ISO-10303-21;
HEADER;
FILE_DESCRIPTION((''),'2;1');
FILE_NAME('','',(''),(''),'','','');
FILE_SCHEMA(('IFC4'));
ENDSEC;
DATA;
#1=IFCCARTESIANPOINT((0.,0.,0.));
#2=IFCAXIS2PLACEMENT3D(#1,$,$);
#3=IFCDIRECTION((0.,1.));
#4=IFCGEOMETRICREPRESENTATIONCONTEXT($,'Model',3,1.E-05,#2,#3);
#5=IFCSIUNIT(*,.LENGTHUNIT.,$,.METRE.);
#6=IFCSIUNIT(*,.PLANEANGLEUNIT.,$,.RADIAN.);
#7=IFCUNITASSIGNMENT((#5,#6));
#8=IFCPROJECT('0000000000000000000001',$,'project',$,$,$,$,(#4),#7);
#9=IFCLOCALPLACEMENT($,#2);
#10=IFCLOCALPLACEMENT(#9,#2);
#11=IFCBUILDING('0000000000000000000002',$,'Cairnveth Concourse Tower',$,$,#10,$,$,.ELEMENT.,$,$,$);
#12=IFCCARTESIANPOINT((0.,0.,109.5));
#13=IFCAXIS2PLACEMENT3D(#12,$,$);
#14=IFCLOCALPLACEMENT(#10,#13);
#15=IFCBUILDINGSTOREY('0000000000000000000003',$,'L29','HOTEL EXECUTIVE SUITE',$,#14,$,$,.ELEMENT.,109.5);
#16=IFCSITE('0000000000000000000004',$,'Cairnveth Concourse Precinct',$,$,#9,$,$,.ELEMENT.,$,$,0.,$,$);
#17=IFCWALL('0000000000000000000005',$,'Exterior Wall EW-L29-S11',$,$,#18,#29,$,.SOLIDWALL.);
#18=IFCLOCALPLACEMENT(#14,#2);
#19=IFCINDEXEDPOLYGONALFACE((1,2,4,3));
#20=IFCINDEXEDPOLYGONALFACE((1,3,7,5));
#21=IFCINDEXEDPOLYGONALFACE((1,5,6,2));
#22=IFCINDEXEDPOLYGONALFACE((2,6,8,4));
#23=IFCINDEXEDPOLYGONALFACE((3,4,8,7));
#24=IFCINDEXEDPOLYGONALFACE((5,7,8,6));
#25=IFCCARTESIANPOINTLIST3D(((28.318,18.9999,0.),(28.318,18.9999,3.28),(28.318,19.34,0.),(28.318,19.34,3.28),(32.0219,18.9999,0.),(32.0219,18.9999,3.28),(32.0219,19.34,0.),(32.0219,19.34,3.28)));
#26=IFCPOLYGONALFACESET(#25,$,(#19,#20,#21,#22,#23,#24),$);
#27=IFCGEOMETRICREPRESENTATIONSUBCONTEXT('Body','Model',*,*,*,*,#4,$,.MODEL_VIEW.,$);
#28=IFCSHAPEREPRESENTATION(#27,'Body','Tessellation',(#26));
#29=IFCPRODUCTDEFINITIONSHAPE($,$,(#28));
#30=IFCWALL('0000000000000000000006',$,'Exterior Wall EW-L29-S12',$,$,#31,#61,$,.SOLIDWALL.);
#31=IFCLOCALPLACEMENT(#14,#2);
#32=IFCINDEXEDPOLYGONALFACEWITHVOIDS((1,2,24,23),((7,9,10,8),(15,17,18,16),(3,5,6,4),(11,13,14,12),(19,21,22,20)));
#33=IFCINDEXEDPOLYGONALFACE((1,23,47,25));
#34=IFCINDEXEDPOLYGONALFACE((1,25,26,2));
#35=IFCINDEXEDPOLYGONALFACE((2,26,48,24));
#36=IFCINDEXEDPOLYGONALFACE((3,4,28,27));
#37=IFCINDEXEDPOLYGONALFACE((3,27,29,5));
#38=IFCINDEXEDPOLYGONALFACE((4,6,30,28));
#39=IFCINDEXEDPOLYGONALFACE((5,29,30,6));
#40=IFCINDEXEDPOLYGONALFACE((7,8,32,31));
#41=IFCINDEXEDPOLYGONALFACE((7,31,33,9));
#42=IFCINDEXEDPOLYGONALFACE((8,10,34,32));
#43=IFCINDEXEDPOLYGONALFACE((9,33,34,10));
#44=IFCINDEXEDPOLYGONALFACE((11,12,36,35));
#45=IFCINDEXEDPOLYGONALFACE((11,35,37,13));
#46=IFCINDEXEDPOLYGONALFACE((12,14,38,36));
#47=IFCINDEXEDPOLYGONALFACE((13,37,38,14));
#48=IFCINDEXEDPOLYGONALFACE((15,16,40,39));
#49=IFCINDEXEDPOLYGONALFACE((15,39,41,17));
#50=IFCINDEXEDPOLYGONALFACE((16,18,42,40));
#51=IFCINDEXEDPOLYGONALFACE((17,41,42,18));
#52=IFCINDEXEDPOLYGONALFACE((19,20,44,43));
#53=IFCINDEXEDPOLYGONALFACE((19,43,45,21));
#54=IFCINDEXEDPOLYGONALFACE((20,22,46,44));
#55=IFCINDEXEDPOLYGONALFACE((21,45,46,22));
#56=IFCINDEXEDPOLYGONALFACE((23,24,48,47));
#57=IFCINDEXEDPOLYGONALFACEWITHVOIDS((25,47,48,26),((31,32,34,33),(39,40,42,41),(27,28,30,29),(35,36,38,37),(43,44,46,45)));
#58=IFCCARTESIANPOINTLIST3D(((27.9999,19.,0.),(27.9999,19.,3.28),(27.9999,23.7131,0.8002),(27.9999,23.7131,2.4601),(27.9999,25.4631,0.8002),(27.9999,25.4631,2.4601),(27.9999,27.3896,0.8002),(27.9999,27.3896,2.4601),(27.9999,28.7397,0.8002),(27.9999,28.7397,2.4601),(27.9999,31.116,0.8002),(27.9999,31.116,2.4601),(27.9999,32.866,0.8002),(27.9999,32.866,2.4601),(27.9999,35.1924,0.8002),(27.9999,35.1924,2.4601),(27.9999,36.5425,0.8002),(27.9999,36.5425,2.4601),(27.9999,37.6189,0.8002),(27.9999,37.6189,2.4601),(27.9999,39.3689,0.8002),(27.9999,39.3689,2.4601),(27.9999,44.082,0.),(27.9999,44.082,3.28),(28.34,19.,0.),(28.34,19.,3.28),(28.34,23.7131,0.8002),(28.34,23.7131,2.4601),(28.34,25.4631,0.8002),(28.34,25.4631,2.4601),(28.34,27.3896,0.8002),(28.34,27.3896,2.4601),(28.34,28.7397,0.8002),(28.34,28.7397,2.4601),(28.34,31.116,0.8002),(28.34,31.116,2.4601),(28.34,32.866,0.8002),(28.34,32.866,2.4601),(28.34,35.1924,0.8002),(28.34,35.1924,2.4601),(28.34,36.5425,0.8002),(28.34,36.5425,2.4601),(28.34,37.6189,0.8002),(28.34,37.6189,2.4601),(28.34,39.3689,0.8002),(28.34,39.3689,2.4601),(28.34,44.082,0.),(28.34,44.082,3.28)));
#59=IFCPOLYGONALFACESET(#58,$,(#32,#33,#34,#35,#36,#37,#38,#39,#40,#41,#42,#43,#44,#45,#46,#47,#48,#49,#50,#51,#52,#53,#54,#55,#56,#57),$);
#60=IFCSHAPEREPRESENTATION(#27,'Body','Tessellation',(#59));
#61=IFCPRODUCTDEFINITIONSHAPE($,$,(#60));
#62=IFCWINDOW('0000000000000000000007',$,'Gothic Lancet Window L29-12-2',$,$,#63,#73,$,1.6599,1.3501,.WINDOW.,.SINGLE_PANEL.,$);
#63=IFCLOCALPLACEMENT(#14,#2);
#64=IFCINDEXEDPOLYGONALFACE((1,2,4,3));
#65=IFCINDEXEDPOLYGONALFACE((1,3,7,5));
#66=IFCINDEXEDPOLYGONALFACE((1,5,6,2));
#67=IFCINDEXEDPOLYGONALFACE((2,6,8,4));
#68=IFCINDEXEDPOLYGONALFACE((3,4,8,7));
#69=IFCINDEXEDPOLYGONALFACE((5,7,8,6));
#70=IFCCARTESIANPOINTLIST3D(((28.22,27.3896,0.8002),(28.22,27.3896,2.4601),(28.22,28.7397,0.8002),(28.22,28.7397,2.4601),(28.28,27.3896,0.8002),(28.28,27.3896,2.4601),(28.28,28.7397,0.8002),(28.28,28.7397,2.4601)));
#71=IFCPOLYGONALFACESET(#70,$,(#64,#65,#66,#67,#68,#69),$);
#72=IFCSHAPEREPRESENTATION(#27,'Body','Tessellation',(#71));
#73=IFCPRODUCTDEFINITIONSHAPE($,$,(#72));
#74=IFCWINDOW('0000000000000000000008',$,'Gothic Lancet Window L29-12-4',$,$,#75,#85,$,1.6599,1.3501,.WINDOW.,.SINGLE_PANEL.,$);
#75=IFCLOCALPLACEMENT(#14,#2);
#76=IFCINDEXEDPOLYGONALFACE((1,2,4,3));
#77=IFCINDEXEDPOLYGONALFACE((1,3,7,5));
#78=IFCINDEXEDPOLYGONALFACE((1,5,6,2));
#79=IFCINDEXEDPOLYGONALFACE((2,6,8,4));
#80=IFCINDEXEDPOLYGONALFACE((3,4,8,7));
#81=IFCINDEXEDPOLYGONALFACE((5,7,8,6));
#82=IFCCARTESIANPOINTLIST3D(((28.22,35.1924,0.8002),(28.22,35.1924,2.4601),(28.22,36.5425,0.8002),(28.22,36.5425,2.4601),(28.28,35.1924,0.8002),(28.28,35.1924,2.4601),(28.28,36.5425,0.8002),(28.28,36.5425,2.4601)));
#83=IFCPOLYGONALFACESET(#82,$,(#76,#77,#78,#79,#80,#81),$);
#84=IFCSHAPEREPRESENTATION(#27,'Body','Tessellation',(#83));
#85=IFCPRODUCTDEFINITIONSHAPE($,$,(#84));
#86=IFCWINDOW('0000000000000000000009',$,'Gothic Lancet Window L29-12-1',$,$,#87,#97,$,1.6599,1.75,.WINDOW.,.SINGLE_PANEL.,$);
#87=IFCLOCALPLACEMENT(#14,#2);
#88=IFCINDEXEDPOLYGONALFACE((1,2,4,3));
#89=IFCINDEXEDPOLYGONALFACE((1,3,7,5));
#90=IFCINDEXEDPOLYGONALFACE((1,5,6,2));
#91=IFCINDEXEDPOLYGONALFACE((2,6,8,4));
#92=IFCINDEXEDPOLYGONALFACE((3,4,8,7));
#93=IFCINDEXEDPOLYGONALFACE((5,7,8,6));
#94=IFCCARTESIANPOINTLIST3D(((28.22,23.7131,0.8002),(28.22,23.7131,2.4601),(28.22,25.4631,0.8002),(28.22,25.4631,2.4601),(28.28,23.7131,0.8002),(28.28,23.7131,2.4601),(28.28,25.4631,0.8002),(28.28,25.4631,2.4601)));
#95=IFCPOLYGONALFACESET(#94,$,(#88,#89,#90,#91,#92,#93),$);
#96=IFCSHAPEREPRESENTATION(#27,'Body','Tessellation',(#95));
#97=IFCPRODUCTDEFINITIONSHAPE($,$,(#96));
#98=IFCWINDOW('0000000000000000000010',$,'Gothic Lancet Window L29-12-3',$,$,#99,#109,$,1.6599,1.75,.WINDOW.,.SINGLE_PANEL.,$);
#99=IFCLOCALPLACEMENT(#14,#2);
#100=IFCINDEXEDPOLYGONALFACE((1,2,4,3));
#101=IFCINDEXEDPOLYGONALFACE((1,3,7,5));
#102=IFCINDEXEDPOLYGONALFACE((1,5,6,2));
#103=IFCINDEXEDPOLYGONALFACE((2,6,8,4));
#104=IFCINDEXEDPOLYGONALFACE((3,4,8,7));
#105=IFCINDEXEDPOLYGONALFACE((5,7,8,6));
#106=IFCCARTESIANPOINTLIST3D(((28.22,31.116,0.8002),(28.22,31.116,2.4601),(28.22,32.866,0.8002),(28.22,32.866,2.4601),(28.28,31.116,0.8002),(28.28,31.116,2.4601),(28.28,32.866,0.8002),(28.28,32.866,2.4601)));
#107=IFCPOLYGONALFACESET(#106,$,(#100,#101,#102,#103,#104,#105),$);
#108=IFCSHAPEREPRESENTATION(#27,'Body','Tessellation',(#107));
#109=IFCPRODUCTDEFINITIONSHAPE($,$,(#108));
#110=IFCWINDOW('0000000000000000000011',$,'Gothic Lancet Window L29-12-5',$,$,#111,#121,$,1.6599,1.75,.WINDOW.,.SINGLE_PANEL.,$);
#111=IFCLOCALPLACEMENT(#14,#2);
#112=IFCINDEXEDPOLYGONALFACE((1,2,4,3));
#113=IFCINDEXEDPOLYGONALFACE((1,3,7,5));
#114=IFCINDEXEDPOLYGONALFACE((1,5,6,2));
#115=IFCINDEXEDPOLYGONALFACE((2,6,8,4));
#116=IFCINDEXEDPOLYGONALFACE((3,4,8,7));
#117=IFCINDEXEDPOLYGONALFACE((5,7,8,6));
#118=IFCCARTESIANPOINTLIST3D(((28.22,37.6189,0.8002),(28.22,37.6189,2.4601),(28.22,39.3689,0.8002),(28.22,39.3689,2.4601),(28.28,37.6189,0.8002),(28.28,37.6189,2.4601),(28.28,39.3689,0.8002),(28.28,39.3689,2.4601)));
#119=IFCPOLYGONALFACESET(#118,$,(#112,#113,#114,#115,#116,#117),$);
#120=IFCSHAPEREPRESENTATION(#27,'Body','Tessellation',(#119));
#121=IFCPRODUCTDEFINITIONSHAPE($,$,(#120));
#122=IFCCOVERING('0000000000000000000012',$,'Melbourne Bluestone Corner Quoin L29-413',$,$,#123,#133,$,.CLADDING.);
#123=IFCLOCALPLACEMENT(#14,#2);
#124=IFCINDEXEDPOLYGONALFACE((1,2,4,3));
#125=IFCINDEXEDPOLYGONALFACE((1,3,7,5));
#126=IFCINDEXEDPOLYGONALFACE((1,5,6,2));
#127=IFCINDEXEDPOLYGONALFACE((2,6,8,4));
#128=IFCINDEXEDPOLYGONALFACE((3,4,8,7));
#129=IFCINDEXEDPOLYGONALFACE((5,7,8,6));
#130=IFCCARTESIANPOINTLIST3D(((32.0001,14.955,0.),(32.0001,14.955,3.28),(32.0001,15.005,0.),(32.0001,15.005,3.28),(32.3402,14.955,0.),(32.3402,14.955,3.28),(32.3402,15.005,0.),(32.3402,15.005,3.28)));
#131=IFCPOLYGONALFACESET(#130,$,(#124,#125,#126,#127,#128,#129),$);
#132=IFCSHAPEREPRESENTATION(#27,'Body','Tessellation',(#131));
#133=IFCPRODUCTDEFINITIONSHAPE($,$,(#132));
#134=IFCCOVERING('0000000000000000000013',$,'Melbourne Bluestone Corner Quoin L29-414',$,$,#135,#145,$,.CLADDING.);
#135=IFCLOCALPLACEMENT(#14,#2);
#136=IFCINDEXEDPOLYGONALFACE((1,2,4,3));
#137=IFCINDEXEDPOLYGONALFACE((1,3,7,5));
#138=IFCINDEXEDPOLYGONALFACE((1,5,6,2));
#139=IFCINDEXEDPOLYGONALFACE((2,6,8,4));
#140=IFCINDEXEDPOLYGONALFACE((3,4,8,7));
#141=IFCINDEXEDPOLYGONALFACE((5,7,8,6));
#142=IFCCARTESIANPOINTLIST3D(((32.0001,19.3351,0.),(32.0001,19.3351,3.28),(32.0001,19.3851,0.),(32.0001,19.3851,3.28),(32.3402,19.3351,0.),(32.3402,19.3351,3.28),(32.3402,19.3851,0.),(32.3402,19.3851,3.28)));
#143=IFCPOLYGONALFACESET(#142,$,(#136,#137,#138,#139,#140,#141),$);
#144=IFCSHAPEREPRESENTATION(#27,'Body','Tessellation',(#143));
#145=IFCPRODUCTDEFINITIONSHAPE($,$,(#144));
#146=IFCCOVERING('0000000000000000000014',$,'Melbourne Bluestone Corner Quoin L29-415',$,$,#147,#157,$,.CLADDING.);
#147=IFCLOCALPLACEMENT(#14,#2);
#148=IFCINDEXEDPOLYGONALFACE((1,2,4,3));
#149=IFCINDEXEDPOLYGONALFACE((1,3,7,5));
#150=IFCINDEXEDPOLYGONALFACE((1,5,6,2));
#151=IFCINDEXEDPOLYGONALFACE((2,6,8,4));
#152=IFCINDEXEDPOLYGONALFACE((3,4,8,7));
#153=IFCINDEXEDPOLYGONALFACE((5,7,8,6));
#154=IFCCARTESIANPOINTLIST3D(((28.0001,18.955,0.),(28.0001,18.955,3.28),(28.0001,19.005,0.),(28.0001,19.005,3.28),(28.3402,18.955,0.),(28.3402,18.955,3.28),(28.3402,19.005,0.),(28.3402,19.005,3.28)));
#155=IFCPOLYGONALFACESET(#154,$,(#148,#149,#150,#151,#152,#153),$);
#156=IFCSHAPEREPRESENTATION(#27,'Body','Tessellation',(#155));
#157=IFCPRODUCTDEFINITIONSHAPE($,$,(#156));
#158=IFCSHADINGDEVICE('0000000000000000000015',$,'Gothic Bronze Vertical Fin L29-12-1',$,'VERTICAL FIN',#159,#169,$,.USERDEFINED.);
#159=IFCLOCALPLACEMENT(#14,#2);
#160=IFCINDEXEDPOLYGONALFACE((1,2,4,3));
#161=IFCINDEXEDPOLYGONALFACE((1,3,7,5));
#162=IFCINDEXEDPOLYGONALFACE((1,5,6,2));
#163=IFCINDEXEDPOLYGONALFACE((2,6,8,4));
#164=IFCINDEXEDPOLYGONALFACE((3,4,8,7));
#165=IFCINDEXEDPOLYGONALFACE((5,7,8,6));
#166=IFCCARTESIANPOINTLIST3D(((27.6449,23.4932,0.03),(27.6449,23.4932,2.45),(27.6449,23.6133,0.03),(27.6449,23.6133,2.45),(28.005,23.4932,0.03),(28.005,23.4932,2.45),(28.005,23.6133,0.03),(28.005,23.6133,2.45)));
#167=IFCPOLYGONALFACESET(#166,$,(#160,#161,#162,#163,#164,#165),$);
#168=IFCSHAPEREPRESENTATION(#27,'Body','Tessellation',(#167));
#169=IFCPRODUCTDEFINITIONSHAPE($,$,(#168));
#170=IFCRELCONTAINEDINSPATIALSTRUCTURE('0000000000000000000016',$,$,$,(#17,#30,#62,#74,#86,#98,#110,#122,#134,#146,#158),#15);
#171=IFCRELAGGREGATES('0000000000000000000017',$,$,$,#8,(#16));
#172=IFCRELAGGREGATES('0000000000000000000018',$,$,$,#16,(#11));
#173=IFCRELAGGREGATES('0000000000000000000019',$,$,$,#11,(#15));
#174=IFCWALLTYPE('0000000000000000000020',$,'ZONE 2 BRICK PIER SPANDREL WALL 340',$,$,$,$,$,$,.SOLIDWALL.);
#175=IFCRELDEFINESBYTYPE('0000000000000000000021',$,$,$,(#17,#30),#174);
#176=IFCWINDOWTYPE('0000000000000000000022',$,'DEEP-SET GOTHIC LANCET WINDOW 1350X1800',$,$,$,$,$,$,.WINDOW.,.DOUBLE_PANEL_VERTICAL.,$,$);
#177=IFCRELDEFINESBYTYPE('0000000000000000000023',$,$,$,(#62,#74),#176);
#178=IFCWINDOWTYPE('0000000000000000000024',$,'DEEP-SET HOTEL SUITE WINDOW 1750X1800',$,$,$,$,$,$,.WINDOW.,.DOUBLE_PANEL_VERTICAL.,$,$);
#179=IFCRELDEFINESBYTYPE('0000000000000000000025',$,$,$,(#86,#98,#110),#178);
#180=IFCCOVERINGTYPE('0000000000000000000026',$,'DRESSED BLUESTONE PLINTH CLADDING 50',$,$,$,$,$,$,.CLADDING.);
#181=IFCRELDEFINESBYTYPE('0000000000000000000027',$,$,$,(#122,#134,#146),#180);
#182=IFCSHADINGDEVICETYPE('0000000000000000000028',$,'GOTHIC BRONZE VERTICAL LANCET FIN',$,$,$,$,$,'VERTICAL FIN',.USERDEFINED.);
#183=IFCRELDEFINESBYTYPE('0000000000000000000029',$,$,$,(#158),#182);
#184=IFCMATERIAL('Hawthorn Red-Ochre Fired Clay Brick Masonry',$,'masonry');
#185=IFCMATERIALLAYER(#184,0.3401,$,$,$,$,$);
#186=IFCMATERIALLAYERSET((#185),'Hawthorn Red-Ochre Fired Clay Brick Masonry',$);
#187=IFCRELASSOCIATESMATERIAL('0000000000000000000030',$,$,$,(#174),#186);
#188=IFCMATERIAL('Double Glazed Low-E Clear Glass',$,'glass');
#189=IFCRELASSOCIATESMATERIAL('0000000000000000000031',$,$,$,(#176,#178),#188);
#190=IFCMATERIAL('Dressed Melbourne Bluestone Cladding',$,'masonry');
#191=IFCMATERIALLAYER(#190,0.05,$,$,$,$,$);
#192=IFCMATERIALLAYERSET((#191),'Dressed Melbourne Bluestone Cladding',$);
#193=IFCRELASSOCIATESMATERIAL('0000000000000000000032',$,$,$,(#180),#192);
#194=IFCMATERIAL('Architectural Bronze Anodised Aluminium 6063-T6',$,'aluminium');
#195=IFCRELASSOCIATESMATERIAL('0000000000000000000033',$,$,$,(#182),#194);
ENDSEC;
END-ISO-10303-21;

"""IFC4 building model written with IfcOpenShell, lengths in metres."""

from ifc_helpers import new_model, si_unit, direction, frame, frame_2d, origin, origin_2d, place, context, subcontext, project, spatial, rectangle, extrude, material, layer, layer_set, type_object, element, fill, save


model = new_model("IFC4")

# Units and contexts
model_context = context("Model", 3, precision=1e-05, world=origin(), true_north=direction((0.0, 1.0)))
body_context = subcontext(model_context, "Body", "Model", "MODEL_VIEW")
ifc_project = project(units=[si_unit("LENGTHUNIT", "METRE"), si_unit("PLANEANGLEUNIT", "RADIAN")], contexts=[model_context])

# Site, building, storey
site_placement = place(None, origin())
site = spatial("IfcSite", under=ifc_project, at=site_placement, Name="Cairnveth Concourse Precinct", CompositionType="ELEMENT", RefElevation=0.0)
building_placement = place(site_placement, origin())
building = spatial("IfcBuilding", under=site, at=building_placement, Name="Cairnveth Concourse Tower", CompositionType="ELEMENT")
storey_placement = place(building_placement, frame((0.0, 0.0, 109.5)))
storey = spatial("IfcBuildingStorey", under=building, at=storey_placement, Name="L29", Description="HOTEL EXECUTIVE SUITE", CompositionType="ELEMENT", Elevation=109.5)

# Wall
ifc_material_1 = material(Name="Hawthorn Red-Ochre Fired Clay Brick Masonry", Category="masonry")
ifc_layer_1 = layer(ifc_material_1, 0.3401)
ifc_layer_set_1 = layer_set([ifc_layer_1], Name="Hawthorn Red-Ochre Fired Clay Brick Masonry")
wall_type_1 = type_object("IfcWallType", Name="ZONE 2 BRICK PIER SPANDREL WALL 340", PredefinedType="SOLIDWALL", material=ifc_layer_set_1)
wall_1_placement = place(storey_placement, frame((32.022, 19.1699, 0.0), z_axis=(0.0, 0.0, 1.0), x_axis=(-1.0, 0.0, 0.0)))
element("IfcWall", 1, at=wall_1_placement, inside=storey, type_object=wall_type_1, Name="Exterior Wall EW-L29-S11", PredefinedType="SOLIDWALL", context=body_context, shape_type="SweptSolid", body=[
    extrude(rectangle(XDim=3.7039, YDim=0.3401, at=frame_2d((1.8521, 0.0))), origin(), (0.0, 0.0, 1.0), 3.28),
])

# Wall, openings, windows
wall_2_placement = place(storey_placement, frame((28.1699, 19.0, 0.0), z_axis=(0.0, 0.0, 1.0), x_axis=(0.0, 1.0, 0.0)))
wall_2 = element("IfcWall", 2, at=wall_2_placement, inside=storey, type_object=wall_type_1, Name="Exterior Wall EW-L29-S12", PredefinedType="SOLIDWALL", context=body_context, shape_type="SweptSolid", body=[
    extrude(rectangle(XDim=25.082, YDim=0.3401, at=frame_2d((12.541, 0.0))), origin(), (0.0, 0.0, 1.0), 3.28),
])
opening_1_placement = place(wall_2_placement, frame((4.7131, 0.0, 0.8)))
opening_1 = element("IfcOpeningElement", 3, at=opening_1_placement, cuts=wall_2, PredefinedType="OPENING", context=body_context, shape_type="SweptSolid", body=[
    extrude(rectangle(XDim=1.75, YDim=1.6599, at=frame_2d((0.875, 0.8301))), frame((0.0, 0.1799, 0.0), z_axis=(0.0, -1.0, 0.0), x_axis=(1.0, 0.0, 0.0)), (0.0, 0.0, 1.0), 0.3601),
])
opening_2_placement = place(wall_2_placement, frame((8.3896, 0.0, 0.8)))
opening_2 = element("IfcOpeningElement", 4, at=opening_2_placement, cuts=wall_2, PredefinedType="OPENING", context=body_context, shape_type="SweptSolid", body=[
    extrude(rectangle(XDim=1.3501, YDim=1.6599, at=frame_2d((0.675, 0.8301))), frame((0.0, 0.1799, 0.0), z_axis=(0.0, -1.0, 0.0), x_axis=(1.0, 0.0, 0.0)), (0.0, 0.0, 1.0), 0.3601),
])
opening_3_placement = place(wall_2_placement, frame((12.116, 0.0, 0.8)))
opening_3 = element("IfcOpeningElement", 5, at=opening_3_placement, cuts=wall_2, PredefinedType="OPENING", context=body_context, shape_type="SweptSolid", body=[
    extrude(rectangle(XDim=1.75, YDim=1.6599, at=frame_2d((0.875, 0.8301))), frame((0.0, 0.1799, 0.0), z_axis=(0.0, -1.0, 0.0), x_axis=(1.0, 0.0, 0.0)), (0.0, 0.0, 1.0), 0.3601),
])
opening_4_placement = place(wall_2_placement, frame((16.1924, 0.0, 0.8)))
opening_4 = element("IfcOpeningElement", 6, at=opening_4_placement, cuts=wall_2, PredefinedType="OPENING", context=body_context, shape_type="SweptSolid", body=[
    extrude(rectangle(XDim=1.3501, YDim=1.6599, at=frame_2d((0.675, 0.8301))), frame((0.0, 0.1799, 0.0), z_axis=(0.0, -1.0, 0.0), x_axis=(1.0, 0.0, 0.0)), (0.0, 0.0, 1.0), 0.3601),
])
opening_5_placement = place(wall_2_placement, frame((18.6189, 0.0, 0.8)))
opening_5 = element("IfcOpeningElement", 7, at=opening_5_placement, cuts=wall_2, PredefinedType="OPENING", context=body_context, shape_type="SweptSolid", body=[
    extrude(rectangle(XDim=1.75, YDim=1.6599, at=frame_2d((0.875, 0.8301))), frame((0.0, 0.1799, 0.0), z_axis=(0.0, -1.0, 0.0), x_axis=(1.0, 0.0, 0.0)), (0.0, 0.0, 1.0), 0.3601),
])
ifc_material_2 = material(Name="Double Glazed Low-E Clear Glass", Category="glass")
window_type_1 = type_object("IfcWindowType", Name="DEEP-SET GOTHIC LANCET WINDOW 1350X1800", PartitioningType="DOUBLE_PANEL_VERTICAL", PredefinedType="WINDOW", material=ifc_material_2)
window_1_placement = place(opening_2_placement, origin())
window_1 = element("IfcWindow", 8, at=window_1_placement, inside=storey, type_object=window_type_1, Name="Gothic Lancet Window L29-12-2", OverallHeight=1.6599, OverallWidth=1.3501, PartitioningType="SINGLE_PANEL", PredefinedType="WINDOW", context=body_context, shape_type="SweptSolid", body=[
    extrude(rectangle(XDim=1.3501, YDim=1.6599, at=frame_2d((0.675, 0.8301))), frame((0.0, -0.05, 0.0), z_axis=(0.0, -1.0, 0.0), x_axis=(1.0, 0.0, 0.0)), (0.0, 0.0, 1.0), 0.0601),
])
fill(opening_2, window_1)
window_2_placement = place(opening_4_placement, origin())
window_2 = element("IfcWindow", 9, at=window_2_placement, inside=storey, type_object=window_type_1, Name="Gothic Lancet Window L29-12-4", OverallHeight=1.6599, OverallWidth=1.3501, PartitioningType="SINGLE_PANEL", PredefinedType="WINDOW", context=body_context, shape_type="SweptSolid", body=[
    extrude(rectangle(XDim=1.3501, YDim=1.6599, at=frame_2d((0.675, 0.8301))), frame((0.0, -0.05, 0.0), z_axis=(0.0, -1.0, 0.0), x_axis=(1.0, 0.0, 0.0)), (0.0, 0.0, 1.0), 0.0601),
])
fill(opening_4, window_2)
window_type_2 = type_object("IfcWindowType", Name="DEEP-SET HOTEL SUITE WINDOW 1750X1800", PartitioningType="DOUBLE_PANEL_VERTICAL", PredefinedType="WINDOW", material=ifc_material_2)
window_3_placement = place(opening_1_placement, origin())
window_3 = element("IfcWindow", 10, at=window_3_placement, inside=storey, type_object=window_type_2, Name="Gothic Lancet Window L29-12-1", OverallHeight=1.6599, OverallWidth=1.75, PartitioningType="SINGLE_PANEL", PredefinedType="WINDOW", context=body_context, shape_type="SweptSolid", body=[
    extrude(rectangle(XDim=1.75, YDim=1.6599, at=frame_2d((0.875, 0.8301))), frame((0.0, -0.05, 0.0), z_axis=(0.0, -1.0, 0.0), x_axis=(1.0, 0.0, 0.0)), (0.0, 0.0, 1.0), 0.0601),
])
fill(opening_1, window_3)
window_4_placement = place(opening_3_placement, origin())
window_4 = element("IfcWindow", 11, at=window_4_placement, inside=storey, type_object=window_type_2, Name="Gothic Lancet Window L29-12-3", OverallHeight=1.6599, OverallWidth=1.75, PartitioningType="SINGLE_PANEL", PredefinedType="WINDOW", context=body_context, shape_type="SweptSolid", body=[
    extrude(rectangle(XDim=1.75, YDim=1.6599, at=frame_2d((0.875, 0.8301))), frame((0.0, -0.05, 0.0), z_axis=(0.0, -1.0, 0.0), x_axis=(1.0, 0.0, 0.0)), (0.0, 0.0, 1.0), 0.0601),
])
fill(opening_3, window_4)
window_5_placement = place(opening_5_placement, origin())
window_5 = element("IfcWindow", 12, at=window_5_placement, inside=storey, type_object=window_type_2, Name="Gothic Lancet Window L29-12-5", OverallHeight=1.6599, OverallWidth=1.75, PartitioningType="SINGLE_PANEL", PredefinedType="WINDOW", context=body_context, shape_type="SweptSolid", body=[
    extrude(rectangle(XDim=1.75, YDim=1.6599, at=frame_2d((0.875, 0.8301))), frame((0.0, -0.05, 0.0), z_axis=(0.0, -1.0, 0.0), x_axis=(1.0, 0.0, 0.0)), (0.0, 0.0, 1.0), 0.0601),
])
fill(opening_5, window_5)

# Coverings
ifc_material_3 = material(Name="Dressed Melbourne Bluestone Cladding", Category="masonry")
ifc_layer_2 = layer(ifc_material_3, 0.05)
ifc_layer_set_2 = layer_set([ifc_layer_2], Name="Dressed Melbourne Bluestone Cladding")
covering_type = type_object("IfcCoveringType", Name="DRESSED BLUESTONE PLINTH CLADDING 50", PredefinedType="CLADDING", material=ifc_layer_set_2)
for number, where, z_axis, x_axis, name in (
    (13, (32.3401, 14.98, 0.0), (0.0, 0.0, 1.0), (-1.0, 0.0, 0.0), "Melbourne Bluestone Corner Quoin L29-413"),
    (14, (32.3401, 19.3601, 0.0), (0.0, 0.0, 1.0), (-1.0, 0.0, 0.0), "Melbourne Bluestone Corner Quoin L29-414"),
    (15, (28.3401, 18.98, 0.0), (0.0, 0.0, 1.0), (-1.0, 0.0, 0.0), "Melbourne Bluestone Corner Quoin L29-415"),
):
    element("IfcCovering", number, at=place(storey_placement, frame(where, z_axis=z_axis, x_axis=x_axis)), inside=storey, type_object=covering_type, Name=name, PredefinedType="CLADDING", context=body_context, shape_type="SweptSolid", body=[
        extrude(rectangle(XDim=0.3401, YDim=0.05, at=frame_2d((0.1699, 0.0))), origin(), (0.0, 0.0, 1.0), 3.28),
    ])

# Shading device
ifc_material_4 = material(Name="Architectural Bronze Anodised Aluminium 6063-T6", Category="aluminium")
shading_device_type = type_object("IfcShadingDeviceType", Name="GOTHIC BRONZE VERTICAL LANCET FIN", ElementType="VERTICAL FIN", PredefinedType="USERDEFINED", material=ifc_material_4)
for number, where, z_axis, x_axis, name in (
    (16, (27.825, 23.5532, 0.03), (0.0, 0.0, 1.0), (0.0, 1.0, 0.0), "Gothic Bronze Vertical Fin L29-12-1"),
):
    element("IfcShadingDevice", number, at=place(storey_placement, frame(where, z_axis=z_axis, x_axis=x_axis)), inside=storey, type_object=shading_device_type, Name=name, ObjectType="VERTICAL FIN", PredefinedType="USERDEFINED", context=body_context, shape_type="SweptSolid", body=[
        extrude(rectangle(XDim=0.1201, YDim=0.3601, at=origin_2d()), origin(), (0.0, 0.0, 1.0), 2.4199),
    ])

save(model, "model.ifc")
